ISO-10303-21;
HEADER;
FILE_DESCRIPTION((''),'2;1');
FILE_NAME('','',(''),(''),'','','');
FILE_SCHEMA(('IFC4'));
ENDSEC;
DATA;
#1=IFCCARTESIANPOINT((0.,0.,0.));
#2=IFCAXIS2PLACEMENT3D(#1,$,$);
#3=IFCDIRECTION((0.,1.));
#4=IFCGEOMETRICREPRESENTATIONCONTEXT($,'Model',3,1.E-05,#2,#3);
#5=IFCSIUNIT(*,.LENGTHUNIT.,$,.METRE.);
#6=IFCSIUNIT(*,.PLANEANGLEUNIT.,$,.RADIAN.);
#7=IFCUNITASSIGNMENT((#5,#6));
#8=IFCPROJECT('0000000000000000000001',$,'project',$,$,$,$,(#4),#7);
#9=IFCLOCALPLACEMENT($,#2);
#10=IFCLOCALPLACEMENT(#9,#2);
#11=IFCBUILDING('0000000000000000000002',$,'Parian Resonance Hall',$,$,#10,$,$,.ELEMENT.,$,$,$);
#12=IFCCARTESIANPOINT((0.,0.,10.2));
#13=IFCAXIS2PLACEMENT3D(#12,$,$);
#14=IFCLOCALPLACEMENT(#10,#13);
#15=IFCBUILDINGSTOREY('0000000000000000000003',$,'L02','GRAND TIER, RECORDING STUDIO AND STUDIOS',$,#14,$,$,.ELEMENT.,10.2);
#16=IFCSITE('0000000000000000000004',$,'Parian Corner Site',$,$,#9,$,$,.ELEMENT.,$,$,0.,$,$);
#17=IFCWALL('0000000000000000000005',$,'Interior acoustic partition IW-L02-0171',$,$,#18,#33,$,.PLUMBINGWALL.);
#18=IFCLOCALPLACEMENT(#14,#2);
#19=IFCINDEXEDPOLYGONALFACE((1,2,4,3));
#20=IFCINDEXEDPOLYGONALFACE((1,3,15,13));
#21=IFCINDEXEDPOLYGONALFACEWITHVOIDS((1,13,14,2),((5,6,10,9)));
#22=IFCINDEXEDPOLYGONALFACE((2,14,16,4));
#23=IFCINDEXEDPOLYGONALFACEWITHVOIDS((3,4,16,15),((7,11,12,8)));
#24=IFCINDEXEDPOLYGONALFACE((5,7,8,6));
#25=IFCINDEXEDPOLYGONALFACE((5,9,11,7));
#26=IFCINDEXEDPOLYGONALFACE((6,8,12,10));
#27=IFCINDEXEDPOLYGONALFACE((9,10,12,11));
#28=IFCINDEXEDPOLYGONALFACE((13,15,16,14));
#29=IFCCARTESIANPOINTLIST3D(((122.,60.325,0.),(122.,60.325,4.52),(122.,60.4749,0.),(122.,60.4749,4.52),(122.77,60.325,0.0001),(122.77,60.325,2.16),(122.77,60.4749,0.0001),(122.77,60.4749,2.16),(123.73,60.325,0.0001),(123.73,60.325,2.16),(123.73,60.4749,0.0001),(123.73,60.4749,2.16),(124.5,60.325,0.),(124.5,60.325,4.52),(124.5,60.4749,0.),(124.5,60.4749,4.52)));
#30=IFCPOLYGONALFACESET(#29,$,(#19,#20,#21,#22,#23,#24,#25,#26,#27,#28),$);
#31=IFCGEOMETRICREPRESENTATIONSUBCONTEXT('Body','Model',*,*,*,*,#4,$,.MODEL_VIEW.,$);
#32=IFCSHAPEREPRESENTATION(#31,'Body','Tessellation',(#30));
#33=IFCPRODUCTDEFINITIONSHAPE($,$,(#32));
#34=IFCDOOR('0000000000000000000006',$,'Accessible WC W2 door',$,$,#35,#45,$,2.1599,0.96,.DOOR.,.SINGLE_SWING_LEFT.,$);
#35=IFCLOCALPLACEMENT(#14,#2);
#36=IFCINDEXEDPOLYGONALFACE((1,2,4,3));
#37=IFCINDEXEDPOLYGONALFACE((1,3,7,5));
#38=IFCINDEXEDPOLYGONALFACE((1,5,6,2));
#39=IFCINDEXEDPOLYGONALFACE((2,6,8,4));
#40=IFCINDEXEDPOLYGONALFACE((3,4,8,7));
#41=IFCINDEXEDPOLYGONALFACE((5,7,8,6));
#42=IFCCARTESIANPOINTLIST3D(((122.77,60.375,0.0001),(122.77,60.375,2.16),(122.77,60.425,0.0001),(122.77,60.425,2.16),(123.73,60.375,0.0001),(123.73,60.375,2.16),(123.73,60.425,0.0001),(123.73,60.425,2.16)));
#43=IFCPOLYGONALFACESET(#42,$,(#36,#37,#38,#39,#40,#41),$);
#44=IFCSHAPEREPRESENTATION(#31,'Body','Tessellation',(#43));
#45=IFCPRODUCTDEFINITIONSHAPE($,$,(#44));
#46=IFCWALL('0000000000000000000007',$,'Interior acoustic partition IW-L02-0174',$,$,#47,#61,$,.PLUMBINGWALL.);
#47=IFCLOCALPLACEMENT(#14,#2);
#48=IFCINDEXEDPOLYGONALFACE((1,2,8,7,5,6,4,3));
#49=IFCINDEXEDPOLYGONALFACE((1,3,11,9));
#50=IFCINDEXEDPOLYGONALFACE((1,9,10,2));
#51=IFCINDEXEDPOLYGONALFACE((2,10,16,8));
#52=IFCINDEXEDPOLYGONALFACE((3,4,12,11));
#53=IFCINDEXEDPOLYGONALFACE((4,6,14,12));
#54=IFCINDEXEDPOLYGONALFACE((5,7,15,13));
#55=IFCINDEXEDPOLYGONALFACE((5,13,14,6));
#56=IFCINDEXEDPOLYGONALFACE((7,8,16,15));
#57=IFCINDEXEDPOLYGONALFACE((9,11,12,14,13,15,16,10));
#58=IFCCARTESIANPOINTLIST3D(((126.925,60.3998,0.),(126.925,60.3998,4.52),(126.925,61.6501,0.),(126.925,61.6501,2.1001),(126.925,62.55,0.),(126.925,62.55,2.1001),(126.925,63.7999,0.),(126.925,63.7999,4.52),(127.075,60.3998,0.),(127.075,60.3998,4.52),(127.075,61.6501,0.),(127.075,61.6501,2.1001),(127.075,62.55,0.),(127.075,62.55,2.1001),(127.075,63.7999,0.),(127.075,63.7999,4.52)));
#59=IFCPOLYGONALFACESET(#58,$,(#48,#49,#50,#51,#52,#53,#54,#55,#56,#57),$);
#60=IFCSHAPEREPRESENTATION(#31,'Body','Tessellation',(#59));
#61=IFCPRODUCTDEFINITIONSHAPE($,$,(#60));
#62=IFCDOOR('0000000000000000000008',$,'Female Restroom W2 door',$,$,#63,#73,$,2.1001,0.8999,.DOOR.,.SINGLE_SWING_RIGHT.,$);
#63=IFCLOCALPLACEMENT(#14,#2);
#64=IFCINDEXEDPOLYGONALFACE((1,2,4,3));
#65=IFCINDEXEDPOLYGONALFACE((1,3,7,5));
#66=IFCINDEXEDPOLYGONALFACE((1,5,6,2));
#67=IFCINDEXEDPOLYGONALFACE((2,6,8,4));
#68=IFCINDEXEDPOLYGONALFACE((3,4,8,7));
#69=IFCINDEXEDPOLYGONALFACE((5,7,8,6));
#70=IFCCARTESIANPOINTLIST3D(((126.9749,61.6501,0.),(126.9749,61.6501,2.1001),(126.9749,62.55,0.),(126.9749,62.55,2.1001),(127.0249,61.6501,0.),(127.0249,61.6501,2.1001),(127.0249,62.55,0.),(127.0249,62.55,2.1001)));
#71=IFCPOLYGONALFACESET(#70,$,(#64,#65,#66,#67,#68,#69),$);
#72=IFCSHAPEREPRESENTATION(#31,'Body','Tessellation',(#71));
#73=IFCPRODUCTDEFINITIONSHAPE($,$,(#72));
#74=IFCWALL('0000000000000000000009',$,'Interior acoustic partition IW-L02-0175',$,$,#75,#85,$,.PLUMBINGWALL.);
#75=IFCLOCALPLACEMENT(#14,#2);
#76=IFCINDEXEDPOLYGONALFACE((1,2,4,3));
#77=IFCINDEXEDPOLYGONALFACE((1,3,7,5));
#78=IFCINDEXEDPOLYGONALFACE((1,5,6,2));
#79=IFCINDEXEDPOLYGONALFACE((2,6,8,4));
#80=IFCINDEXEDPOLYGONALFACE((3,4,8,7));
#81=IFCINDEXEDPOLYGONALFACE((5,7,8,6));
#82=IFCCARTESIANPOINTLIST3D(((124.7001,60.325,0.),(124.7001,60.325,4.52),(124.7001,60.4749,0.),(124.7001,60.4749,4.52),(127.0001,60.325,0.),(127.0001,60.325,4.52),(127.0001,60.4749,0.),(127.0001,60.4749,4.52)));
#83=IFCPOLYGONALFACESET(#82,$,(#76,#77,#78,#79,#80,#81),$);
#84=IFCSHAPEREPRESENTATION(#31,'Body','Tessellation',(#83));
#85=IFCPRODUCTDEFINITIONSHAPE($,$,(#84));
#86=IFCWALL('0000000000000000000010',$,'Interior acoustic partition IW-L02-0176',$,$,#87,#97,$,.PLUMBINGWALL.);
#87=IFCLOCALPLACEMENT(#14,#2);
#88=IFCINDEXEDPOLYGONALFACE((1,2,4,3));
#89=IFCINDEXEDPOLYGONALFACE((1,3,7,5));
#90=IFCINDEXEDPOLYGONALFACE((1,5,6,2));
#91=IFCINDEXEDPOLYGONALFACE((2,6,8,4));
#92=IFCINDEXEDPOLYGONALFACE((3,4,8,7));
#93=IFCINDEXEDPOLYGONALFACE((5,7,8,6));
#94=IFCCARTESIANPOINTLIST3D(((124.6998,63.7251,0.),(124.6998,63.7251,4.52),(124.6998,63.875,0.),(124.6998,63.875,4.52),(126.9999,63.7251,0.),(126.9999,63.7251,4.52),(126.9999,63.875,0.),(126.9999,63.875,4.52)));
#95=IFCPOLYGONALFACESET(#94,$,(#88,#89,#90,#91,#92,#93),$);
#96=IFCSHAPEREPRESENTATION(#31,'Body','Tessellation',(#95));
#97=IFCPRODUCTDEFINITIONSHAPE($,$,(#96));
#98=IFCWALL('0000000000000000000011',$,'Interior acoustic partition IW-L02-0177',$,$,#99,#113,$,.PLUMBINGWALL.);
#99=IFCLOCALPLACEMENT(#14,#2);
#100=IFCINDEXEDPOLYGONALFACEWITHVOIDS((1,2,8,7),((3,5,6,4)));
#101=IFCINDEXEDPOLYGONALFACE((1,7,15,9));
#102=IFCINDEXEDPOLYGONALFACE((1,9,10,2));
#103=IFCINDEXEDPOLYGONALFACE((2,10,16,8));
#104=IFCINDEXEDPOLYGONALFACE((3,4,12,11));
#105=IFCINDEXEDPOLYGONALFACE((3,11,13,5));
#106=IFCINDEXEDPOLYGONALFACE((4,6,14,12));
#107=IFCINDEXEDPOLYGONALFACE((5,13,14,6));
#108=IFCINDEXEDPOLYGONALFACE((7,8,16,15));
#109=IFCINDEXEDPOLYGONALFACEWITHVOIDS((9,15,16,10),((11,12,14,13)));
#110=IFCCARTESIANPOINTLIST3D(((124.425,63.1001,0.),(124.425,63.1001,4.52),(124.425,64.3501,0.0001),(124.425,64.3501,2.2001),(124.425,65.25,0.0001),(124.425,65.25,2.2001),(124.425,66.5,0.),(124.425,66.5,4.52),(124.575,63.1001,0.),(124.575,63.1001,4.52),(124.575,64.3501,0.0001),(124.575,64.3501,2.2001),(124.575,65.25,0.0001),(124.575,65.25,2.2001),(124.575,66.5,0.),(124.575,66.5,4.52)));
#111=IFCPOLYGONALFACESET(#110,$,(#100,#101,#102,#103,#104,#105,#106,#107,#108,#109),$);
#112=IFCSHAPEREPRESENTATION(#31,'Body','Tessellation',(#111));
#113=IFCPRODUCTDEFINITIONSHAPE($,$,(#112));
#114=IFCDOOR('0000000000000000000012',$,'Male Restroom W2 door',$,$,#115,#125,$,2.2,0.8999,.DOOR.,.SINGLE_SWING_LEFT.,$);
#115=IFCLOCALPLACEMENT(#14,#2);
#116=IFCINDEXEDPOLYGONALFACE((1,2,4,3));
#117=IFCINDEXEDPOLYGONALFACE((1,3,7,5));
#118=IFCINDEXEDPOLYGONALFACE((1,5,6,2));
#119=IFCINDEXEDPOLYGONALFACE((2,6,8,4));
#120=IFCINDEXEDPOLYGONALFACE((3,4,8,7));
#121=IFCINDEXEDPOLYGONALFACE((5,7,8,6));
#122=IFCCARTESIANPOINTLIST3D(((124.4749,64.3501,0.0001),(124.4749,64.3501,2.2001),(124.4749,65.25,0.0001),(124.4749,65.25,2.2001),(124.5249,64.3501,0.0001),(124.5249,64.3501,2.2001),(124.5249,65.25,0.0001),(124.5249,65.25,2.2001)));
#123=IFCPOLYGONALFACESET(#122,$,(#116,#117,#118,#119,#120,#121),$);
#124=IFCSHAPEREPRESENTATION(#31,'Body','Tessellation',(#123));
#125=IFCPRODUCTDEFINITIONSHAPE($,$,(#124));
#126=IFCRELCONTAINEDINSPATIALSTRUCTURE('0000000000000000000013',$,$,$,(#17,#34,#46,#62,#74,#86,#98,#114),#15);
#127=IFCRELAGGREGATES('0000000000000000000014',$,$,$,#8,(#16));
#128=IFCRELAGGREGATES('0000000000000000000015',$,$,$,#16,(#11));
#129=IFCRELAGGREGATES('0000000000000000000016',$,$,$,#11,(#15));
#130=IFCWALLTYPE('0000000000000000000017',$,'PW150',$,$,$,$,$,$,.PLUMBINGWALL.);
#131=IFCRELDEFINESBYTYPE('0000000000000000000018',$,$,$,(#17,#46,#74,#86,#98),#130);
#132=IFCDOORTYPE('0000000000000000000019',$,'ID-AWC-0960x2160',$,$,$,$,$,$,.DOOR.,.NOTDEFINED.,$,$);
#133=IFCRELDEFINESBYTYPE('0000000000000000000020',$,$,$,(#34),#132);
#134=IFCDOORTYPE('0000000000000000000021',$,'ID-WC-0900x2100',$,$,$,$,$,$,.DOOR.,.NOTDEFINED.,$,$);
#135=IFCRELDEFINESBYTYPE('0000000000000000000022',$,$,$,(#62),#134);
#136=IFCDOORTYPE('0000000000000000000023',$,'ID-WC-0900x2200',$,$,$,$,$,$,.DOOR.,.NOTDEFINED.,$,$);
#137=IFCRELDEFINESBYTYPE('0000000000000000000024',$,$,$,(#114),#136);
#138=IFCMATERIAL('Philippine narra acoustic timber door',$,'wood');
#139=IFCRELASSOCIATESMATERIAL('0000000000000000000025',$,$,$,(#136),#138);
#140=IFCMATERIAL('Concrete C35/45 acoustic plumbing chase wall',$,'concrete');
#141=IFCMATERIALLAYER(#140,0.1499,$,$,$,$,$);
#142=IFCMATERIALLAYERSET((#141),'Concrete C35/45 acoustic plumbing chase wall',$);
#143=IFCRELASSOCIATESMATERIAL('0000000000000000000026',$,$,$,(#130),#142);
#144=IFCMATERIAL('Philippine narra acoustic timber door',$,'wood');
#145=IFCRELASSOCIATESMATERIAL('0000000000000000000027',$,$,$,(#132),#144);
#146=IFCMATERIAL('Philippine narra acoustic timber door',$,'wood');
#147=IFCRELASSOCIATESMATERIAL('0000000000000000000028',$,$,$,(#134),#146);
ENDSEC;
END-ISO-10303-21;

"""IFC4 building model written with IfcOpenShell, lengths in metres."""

from ifc_helpers import new_model, si_unit, direction, frame, frame_2d, origin, place, context, subcontext, project, spatial, rectangle, extrude, material, layer, layer_set, type_object, element, fill, save


model = new_model("IFC4")

# Units and contexts
model_context = context("Model", 3, precision=1e-05, world=origin(), true_north=direction((0.0, 1.0)))
body_context = subcontext(model_context, "Body", "Model", "MODEL_VIEW")
ifc_project = project(units=[si_unit("LENGTHUNIT", "METRE"), si_unit("PLANEANGLEUNIT", "RADIAN")], contexts=[model_context])

# Site, building, storey
site_placement = place(None, origin())
site = spatial("IfcSite", under=ifc_project, at=site_placement, Name="Parian Corner Site", CompositionType="ELEMENT", RefElevation=0.0)
building_placement = place(site_placement, origin())
building = spatial("IfcBuilding", under=site, at=building_placement, Name="Parian Resonance Hall", CompositionType="ELEMENT")
storey_placement = place(building_placement, frame((0.0, 0.0, 10.2)))
storey = spatial("IfcBuildingStorey", under=building, at=storey_placement, Name="L02", Description="GRAND TIER, RECORDING STUDIO AND STUDIOS", CompositionType="ELEMENT", Elevation=10.2)

# Shared definitions
ifc_material_1 = material(Name="Philippine narra acoustic timber door", Category="wood")
door_type_1 = type_object("IfcDoorType", Name="ID-WC-0900x2200", OperationType="NOTDEFINED", PredefinedType="DOOR", material=ifc_material_1)

# Shared definitions
ifc_material_2 = material(Name="Concrete C35/45 acoustic plumbing chase wall", Category="concrete")
ifc_layer_1 = layer(ifc_material_2, 0.1499)
ifc_layer_set_1 = layer_set([ifc_layer_1], Name="Concrete C35/45 acoustic plumbing chase wall")
wall_type_1 = type_object("IfcWallType", Name="PW150", PredefinedType="PLUMBINGWALL", material=ifc_layer_set_1)

# Walls, openings, doors
wall_1_placement = place(storey_placement, frame((124.5, 60.3999, 0.0), z_axis=(0.0, 0.0, 1.0), x_axis=(-1.0, 0.0, 0.0)))
wall_1 = element("IfcWall", 1, at=wall_1_placement, inside=storey, type_object=wall_type_1, Name="Interior acoustic partition IW-L02-0171", PredefinedType="PLUMBINGWALL", context=body_context, shape_type="SweptSolid", body=[
    extrude(rectangle(XDim=2.5, YDim=0.1499, at=frame_2d((1.25, 0.0))), origin(), (0.0, 0.0, 1.0), 4.52),
])
opening_1_placement = place(wall_1_placement, frame((0.77, 0.0, 0.0)))
opening_1 = element("IfcOpeningElement", 2, at=opening_1_placement, cuts=wall_1, PredefinedType="OPENING", context=body_context, shape_type="SweptSolid", body=[
    extrude(rectangle(XDim=0.96, YDim=2.1599, at=frame_2d((0.48, 1.0801))), frame((0.0, 0.085, 0.0), z_axis=(0.0, -1.0, 0.0), x_axis=(1.0, 0.0, 0.0)), (0.0, 0.0, 1.0), 0.1699),
])
ifc_material_3 = material(Name="Philippine narra acoustic timber door", Category="wood")
door_type_2 = type_object("IfcDoorType", Name="ID-AWC-0960x2160", OperationType="NOTDEFINED", PredefinedType="DOOR", material=ifc_material_3)
door_1_placement = place(opening_1_placement, origin())
door_1 = element("IfcDoor", 3, at=door_1_placement, inside=storey, type_object=door_type_2, Name="Accessible WC W2 door", OperationType="SINGLE_SWING_LEFT", OverallHeight=2.1599, OverallWidth=0.96, PredefinedType="DOOR", context=body_context, shape_type="SweptSolid", body=[
    extrude(rectangle(XDim=0.96, YDim=2.1599, at=frame_2d((0.48, 1.0801))), frame((0.0, 0.0249, 0.0), z_axis=(0.0, -1.0, 0.0), x_axis=(1.0, 0.0, 0.0)), (0.0, 0.0, 1.0), 0.05),
])
fill(opening_1, door_1)
wall_2_placement = place(storey_placement, frame((127.0, 63.8, 0.0), z_axis=(0.0, 0.0, 1.0), x_axis=(0.0, -1.0, 0.0)))
wall_2 = element("IfcWall", 4, at=wall_2_placement, inside=storey, type_object=wall_type_1, Name="Interior acoustic partition IW-L02-0174", PredefinedType="PLUMBINGWALL", context=body_context, shape_type="SweptSolid", body=[
    extrude(rectangle(XDim=3.4001, YDim=0.1499, at=frame_2d((1.7002, 0.0))), origin(), (0.0, 0.0, 1.0), 4.52),
])
opening_2_placement = place(wall_2_placement, frame((1.25, 0.0, 0.0)))
opening_2 = element("IfcOpeningElement", 5, at=opening_2_placement, cuts=wall_2, PredefinedType="OPENING", context=body_context, shape_type="SweptSolid", body=[
    extrude(rectangle(XDim=0.8999, YDim=2.1001, at=frame_2d((0.45, 1.05))), frame((0.0, 0.085, 0.0), z_axis=(0.0, -1.0, 0.0), x_axis=(1.0, 0.0, 0.0)), (0.0, 0.0, 1.0), 0.1699),
])
ifc_material_4 = material(Name="Philippine narra acoustic timber door", Category="wood")
door_type_3 = type_object("IfcDoorType", Name="ID-WC-0900x2100", OperationType="NOTDEFINED", PredefinedType="DOOR", material=ifc_material_4)
door_2_placement = place(opening_2_placement, origin())
door_2 = element("IfcDoor", 6, at=door_2_placement, inside=storey, type_object=door_type_3, Name="Female Restroom W2 door", OperationType="SINGLE_SWING_RIGHT", OverallHeight=2.1001, OverallWidth=0.8999, PredefinedType="DOOR", context=body_context, shape_type="SweptSolid", body=[
    extrude(rectangle(XDim=0.8999, YDim=2.1001, at=frame_2d((0.45, 1.05))), frame((0.0, 0.0249, 0.0), z_axis=(0.0, -1.0, 0.0), x_axis=(1.0, 0.0, 0.0)), (0.0, 0.0, 1.0), 0.05),
])
fill(opening_2, door_2)

# Walls
for number, where, z_axis, x_axis, name in (
    (7, (127.0, 60.3999, 0.0), (0.0, 0.0, 1.0), (-1.0, 0.0, 0.0), "Interior acoustic partition IW-L02-0175"),
    (8, (124.7, 63.8, 0.0), (0.0, 0.0, 1.0), (1.0, 0.0, 0.0), "Interior acoustic partition IW-L02-0176"),
):
    element("IfcWall", number, at=place(storey_placement, frame(where, z_axis=z_axis, x_axis=x_axis)), inside=storey, type_object=wall_type_1, Name=name, PredefinedType="PLUMBINGWALL", context=body_context, shape_type="SweptSolid", body=[
        extrude(rectangle(XDim=2.3, YDim=0.1499, at=frame_2d((1.1499, 0.0))), origin(), (0.0, 0.0, 1.0), 4.52),
    ])

# Wall, opening, door
wall_3_placement = place(storey_placement, frame((124.5, 66.5, 0.0), z_axis=(0.0, 0.0, 1.0), x_axis=(0.0, -1.0, 0.0)))
wall_3 = element("IfcWall", 9, at=wall_3_placement, inside=storey, type_object=wall_type_1, Name="Interior acoustic partition IW-L02-0177", PredefinedType="PLUMBINGWALL", context=body_context, shape_type="SweptSolid", body=[
    extrude(rectangle(XDim=3.3999, YDim=0.1499, at=frame_2d((1.7, 0.0))), origin(), (0.0, 0.0, 1.0), 4.52),
])
opening_3_placement = place(wall_3_placement, frame((1.25, 0.0, 0.0)))
opening_3 = element("IfcOpeningElement", 10, at=opening_3_placement, cuts=wall_3, PredefinedType="OPENING", context=body_context, shape_type="SweptSolid", body=[
    extrude(rectangle(XDim=0.8999, YDim=2.2, at=frame_2d((0.45, 1.1001))), frame((0.0, 0.085, 0.0), z_axis=(0.0, -1.0, 0.0), x_axis=(1.0, 0.0, 0.0)), (0.0, 0.0, 1.0), 0.1699),
])
door_3_placement = place(opening_3_placement, origin())
door_3 = element("IfcDoor", 11, at=door_3_placement, inside=storey, type_object=door_type_1, Name="Male Restroom W2 door", OperationType="SINGLE_SWING_LEFT", OverallHeight=2.2, OverallWidth=0.8999, PredefinedType="DOOR", context=body_context, shape_type="SweptSolid", body=[
    extrude(rectangle(XDim=0.8999, YDim=2.2, at=frame_2d((0.45, 1.1001))), frame((0.0, 0.0249, 0.0), z_axis=(0.0, -1.0, 0.0), x_axis=(1.0, 0.0, 0.0)), (0.0, 0.0, 1.0), 0.05),
])
fill(opening_3, door_3)

save(model, "model.ifc")
